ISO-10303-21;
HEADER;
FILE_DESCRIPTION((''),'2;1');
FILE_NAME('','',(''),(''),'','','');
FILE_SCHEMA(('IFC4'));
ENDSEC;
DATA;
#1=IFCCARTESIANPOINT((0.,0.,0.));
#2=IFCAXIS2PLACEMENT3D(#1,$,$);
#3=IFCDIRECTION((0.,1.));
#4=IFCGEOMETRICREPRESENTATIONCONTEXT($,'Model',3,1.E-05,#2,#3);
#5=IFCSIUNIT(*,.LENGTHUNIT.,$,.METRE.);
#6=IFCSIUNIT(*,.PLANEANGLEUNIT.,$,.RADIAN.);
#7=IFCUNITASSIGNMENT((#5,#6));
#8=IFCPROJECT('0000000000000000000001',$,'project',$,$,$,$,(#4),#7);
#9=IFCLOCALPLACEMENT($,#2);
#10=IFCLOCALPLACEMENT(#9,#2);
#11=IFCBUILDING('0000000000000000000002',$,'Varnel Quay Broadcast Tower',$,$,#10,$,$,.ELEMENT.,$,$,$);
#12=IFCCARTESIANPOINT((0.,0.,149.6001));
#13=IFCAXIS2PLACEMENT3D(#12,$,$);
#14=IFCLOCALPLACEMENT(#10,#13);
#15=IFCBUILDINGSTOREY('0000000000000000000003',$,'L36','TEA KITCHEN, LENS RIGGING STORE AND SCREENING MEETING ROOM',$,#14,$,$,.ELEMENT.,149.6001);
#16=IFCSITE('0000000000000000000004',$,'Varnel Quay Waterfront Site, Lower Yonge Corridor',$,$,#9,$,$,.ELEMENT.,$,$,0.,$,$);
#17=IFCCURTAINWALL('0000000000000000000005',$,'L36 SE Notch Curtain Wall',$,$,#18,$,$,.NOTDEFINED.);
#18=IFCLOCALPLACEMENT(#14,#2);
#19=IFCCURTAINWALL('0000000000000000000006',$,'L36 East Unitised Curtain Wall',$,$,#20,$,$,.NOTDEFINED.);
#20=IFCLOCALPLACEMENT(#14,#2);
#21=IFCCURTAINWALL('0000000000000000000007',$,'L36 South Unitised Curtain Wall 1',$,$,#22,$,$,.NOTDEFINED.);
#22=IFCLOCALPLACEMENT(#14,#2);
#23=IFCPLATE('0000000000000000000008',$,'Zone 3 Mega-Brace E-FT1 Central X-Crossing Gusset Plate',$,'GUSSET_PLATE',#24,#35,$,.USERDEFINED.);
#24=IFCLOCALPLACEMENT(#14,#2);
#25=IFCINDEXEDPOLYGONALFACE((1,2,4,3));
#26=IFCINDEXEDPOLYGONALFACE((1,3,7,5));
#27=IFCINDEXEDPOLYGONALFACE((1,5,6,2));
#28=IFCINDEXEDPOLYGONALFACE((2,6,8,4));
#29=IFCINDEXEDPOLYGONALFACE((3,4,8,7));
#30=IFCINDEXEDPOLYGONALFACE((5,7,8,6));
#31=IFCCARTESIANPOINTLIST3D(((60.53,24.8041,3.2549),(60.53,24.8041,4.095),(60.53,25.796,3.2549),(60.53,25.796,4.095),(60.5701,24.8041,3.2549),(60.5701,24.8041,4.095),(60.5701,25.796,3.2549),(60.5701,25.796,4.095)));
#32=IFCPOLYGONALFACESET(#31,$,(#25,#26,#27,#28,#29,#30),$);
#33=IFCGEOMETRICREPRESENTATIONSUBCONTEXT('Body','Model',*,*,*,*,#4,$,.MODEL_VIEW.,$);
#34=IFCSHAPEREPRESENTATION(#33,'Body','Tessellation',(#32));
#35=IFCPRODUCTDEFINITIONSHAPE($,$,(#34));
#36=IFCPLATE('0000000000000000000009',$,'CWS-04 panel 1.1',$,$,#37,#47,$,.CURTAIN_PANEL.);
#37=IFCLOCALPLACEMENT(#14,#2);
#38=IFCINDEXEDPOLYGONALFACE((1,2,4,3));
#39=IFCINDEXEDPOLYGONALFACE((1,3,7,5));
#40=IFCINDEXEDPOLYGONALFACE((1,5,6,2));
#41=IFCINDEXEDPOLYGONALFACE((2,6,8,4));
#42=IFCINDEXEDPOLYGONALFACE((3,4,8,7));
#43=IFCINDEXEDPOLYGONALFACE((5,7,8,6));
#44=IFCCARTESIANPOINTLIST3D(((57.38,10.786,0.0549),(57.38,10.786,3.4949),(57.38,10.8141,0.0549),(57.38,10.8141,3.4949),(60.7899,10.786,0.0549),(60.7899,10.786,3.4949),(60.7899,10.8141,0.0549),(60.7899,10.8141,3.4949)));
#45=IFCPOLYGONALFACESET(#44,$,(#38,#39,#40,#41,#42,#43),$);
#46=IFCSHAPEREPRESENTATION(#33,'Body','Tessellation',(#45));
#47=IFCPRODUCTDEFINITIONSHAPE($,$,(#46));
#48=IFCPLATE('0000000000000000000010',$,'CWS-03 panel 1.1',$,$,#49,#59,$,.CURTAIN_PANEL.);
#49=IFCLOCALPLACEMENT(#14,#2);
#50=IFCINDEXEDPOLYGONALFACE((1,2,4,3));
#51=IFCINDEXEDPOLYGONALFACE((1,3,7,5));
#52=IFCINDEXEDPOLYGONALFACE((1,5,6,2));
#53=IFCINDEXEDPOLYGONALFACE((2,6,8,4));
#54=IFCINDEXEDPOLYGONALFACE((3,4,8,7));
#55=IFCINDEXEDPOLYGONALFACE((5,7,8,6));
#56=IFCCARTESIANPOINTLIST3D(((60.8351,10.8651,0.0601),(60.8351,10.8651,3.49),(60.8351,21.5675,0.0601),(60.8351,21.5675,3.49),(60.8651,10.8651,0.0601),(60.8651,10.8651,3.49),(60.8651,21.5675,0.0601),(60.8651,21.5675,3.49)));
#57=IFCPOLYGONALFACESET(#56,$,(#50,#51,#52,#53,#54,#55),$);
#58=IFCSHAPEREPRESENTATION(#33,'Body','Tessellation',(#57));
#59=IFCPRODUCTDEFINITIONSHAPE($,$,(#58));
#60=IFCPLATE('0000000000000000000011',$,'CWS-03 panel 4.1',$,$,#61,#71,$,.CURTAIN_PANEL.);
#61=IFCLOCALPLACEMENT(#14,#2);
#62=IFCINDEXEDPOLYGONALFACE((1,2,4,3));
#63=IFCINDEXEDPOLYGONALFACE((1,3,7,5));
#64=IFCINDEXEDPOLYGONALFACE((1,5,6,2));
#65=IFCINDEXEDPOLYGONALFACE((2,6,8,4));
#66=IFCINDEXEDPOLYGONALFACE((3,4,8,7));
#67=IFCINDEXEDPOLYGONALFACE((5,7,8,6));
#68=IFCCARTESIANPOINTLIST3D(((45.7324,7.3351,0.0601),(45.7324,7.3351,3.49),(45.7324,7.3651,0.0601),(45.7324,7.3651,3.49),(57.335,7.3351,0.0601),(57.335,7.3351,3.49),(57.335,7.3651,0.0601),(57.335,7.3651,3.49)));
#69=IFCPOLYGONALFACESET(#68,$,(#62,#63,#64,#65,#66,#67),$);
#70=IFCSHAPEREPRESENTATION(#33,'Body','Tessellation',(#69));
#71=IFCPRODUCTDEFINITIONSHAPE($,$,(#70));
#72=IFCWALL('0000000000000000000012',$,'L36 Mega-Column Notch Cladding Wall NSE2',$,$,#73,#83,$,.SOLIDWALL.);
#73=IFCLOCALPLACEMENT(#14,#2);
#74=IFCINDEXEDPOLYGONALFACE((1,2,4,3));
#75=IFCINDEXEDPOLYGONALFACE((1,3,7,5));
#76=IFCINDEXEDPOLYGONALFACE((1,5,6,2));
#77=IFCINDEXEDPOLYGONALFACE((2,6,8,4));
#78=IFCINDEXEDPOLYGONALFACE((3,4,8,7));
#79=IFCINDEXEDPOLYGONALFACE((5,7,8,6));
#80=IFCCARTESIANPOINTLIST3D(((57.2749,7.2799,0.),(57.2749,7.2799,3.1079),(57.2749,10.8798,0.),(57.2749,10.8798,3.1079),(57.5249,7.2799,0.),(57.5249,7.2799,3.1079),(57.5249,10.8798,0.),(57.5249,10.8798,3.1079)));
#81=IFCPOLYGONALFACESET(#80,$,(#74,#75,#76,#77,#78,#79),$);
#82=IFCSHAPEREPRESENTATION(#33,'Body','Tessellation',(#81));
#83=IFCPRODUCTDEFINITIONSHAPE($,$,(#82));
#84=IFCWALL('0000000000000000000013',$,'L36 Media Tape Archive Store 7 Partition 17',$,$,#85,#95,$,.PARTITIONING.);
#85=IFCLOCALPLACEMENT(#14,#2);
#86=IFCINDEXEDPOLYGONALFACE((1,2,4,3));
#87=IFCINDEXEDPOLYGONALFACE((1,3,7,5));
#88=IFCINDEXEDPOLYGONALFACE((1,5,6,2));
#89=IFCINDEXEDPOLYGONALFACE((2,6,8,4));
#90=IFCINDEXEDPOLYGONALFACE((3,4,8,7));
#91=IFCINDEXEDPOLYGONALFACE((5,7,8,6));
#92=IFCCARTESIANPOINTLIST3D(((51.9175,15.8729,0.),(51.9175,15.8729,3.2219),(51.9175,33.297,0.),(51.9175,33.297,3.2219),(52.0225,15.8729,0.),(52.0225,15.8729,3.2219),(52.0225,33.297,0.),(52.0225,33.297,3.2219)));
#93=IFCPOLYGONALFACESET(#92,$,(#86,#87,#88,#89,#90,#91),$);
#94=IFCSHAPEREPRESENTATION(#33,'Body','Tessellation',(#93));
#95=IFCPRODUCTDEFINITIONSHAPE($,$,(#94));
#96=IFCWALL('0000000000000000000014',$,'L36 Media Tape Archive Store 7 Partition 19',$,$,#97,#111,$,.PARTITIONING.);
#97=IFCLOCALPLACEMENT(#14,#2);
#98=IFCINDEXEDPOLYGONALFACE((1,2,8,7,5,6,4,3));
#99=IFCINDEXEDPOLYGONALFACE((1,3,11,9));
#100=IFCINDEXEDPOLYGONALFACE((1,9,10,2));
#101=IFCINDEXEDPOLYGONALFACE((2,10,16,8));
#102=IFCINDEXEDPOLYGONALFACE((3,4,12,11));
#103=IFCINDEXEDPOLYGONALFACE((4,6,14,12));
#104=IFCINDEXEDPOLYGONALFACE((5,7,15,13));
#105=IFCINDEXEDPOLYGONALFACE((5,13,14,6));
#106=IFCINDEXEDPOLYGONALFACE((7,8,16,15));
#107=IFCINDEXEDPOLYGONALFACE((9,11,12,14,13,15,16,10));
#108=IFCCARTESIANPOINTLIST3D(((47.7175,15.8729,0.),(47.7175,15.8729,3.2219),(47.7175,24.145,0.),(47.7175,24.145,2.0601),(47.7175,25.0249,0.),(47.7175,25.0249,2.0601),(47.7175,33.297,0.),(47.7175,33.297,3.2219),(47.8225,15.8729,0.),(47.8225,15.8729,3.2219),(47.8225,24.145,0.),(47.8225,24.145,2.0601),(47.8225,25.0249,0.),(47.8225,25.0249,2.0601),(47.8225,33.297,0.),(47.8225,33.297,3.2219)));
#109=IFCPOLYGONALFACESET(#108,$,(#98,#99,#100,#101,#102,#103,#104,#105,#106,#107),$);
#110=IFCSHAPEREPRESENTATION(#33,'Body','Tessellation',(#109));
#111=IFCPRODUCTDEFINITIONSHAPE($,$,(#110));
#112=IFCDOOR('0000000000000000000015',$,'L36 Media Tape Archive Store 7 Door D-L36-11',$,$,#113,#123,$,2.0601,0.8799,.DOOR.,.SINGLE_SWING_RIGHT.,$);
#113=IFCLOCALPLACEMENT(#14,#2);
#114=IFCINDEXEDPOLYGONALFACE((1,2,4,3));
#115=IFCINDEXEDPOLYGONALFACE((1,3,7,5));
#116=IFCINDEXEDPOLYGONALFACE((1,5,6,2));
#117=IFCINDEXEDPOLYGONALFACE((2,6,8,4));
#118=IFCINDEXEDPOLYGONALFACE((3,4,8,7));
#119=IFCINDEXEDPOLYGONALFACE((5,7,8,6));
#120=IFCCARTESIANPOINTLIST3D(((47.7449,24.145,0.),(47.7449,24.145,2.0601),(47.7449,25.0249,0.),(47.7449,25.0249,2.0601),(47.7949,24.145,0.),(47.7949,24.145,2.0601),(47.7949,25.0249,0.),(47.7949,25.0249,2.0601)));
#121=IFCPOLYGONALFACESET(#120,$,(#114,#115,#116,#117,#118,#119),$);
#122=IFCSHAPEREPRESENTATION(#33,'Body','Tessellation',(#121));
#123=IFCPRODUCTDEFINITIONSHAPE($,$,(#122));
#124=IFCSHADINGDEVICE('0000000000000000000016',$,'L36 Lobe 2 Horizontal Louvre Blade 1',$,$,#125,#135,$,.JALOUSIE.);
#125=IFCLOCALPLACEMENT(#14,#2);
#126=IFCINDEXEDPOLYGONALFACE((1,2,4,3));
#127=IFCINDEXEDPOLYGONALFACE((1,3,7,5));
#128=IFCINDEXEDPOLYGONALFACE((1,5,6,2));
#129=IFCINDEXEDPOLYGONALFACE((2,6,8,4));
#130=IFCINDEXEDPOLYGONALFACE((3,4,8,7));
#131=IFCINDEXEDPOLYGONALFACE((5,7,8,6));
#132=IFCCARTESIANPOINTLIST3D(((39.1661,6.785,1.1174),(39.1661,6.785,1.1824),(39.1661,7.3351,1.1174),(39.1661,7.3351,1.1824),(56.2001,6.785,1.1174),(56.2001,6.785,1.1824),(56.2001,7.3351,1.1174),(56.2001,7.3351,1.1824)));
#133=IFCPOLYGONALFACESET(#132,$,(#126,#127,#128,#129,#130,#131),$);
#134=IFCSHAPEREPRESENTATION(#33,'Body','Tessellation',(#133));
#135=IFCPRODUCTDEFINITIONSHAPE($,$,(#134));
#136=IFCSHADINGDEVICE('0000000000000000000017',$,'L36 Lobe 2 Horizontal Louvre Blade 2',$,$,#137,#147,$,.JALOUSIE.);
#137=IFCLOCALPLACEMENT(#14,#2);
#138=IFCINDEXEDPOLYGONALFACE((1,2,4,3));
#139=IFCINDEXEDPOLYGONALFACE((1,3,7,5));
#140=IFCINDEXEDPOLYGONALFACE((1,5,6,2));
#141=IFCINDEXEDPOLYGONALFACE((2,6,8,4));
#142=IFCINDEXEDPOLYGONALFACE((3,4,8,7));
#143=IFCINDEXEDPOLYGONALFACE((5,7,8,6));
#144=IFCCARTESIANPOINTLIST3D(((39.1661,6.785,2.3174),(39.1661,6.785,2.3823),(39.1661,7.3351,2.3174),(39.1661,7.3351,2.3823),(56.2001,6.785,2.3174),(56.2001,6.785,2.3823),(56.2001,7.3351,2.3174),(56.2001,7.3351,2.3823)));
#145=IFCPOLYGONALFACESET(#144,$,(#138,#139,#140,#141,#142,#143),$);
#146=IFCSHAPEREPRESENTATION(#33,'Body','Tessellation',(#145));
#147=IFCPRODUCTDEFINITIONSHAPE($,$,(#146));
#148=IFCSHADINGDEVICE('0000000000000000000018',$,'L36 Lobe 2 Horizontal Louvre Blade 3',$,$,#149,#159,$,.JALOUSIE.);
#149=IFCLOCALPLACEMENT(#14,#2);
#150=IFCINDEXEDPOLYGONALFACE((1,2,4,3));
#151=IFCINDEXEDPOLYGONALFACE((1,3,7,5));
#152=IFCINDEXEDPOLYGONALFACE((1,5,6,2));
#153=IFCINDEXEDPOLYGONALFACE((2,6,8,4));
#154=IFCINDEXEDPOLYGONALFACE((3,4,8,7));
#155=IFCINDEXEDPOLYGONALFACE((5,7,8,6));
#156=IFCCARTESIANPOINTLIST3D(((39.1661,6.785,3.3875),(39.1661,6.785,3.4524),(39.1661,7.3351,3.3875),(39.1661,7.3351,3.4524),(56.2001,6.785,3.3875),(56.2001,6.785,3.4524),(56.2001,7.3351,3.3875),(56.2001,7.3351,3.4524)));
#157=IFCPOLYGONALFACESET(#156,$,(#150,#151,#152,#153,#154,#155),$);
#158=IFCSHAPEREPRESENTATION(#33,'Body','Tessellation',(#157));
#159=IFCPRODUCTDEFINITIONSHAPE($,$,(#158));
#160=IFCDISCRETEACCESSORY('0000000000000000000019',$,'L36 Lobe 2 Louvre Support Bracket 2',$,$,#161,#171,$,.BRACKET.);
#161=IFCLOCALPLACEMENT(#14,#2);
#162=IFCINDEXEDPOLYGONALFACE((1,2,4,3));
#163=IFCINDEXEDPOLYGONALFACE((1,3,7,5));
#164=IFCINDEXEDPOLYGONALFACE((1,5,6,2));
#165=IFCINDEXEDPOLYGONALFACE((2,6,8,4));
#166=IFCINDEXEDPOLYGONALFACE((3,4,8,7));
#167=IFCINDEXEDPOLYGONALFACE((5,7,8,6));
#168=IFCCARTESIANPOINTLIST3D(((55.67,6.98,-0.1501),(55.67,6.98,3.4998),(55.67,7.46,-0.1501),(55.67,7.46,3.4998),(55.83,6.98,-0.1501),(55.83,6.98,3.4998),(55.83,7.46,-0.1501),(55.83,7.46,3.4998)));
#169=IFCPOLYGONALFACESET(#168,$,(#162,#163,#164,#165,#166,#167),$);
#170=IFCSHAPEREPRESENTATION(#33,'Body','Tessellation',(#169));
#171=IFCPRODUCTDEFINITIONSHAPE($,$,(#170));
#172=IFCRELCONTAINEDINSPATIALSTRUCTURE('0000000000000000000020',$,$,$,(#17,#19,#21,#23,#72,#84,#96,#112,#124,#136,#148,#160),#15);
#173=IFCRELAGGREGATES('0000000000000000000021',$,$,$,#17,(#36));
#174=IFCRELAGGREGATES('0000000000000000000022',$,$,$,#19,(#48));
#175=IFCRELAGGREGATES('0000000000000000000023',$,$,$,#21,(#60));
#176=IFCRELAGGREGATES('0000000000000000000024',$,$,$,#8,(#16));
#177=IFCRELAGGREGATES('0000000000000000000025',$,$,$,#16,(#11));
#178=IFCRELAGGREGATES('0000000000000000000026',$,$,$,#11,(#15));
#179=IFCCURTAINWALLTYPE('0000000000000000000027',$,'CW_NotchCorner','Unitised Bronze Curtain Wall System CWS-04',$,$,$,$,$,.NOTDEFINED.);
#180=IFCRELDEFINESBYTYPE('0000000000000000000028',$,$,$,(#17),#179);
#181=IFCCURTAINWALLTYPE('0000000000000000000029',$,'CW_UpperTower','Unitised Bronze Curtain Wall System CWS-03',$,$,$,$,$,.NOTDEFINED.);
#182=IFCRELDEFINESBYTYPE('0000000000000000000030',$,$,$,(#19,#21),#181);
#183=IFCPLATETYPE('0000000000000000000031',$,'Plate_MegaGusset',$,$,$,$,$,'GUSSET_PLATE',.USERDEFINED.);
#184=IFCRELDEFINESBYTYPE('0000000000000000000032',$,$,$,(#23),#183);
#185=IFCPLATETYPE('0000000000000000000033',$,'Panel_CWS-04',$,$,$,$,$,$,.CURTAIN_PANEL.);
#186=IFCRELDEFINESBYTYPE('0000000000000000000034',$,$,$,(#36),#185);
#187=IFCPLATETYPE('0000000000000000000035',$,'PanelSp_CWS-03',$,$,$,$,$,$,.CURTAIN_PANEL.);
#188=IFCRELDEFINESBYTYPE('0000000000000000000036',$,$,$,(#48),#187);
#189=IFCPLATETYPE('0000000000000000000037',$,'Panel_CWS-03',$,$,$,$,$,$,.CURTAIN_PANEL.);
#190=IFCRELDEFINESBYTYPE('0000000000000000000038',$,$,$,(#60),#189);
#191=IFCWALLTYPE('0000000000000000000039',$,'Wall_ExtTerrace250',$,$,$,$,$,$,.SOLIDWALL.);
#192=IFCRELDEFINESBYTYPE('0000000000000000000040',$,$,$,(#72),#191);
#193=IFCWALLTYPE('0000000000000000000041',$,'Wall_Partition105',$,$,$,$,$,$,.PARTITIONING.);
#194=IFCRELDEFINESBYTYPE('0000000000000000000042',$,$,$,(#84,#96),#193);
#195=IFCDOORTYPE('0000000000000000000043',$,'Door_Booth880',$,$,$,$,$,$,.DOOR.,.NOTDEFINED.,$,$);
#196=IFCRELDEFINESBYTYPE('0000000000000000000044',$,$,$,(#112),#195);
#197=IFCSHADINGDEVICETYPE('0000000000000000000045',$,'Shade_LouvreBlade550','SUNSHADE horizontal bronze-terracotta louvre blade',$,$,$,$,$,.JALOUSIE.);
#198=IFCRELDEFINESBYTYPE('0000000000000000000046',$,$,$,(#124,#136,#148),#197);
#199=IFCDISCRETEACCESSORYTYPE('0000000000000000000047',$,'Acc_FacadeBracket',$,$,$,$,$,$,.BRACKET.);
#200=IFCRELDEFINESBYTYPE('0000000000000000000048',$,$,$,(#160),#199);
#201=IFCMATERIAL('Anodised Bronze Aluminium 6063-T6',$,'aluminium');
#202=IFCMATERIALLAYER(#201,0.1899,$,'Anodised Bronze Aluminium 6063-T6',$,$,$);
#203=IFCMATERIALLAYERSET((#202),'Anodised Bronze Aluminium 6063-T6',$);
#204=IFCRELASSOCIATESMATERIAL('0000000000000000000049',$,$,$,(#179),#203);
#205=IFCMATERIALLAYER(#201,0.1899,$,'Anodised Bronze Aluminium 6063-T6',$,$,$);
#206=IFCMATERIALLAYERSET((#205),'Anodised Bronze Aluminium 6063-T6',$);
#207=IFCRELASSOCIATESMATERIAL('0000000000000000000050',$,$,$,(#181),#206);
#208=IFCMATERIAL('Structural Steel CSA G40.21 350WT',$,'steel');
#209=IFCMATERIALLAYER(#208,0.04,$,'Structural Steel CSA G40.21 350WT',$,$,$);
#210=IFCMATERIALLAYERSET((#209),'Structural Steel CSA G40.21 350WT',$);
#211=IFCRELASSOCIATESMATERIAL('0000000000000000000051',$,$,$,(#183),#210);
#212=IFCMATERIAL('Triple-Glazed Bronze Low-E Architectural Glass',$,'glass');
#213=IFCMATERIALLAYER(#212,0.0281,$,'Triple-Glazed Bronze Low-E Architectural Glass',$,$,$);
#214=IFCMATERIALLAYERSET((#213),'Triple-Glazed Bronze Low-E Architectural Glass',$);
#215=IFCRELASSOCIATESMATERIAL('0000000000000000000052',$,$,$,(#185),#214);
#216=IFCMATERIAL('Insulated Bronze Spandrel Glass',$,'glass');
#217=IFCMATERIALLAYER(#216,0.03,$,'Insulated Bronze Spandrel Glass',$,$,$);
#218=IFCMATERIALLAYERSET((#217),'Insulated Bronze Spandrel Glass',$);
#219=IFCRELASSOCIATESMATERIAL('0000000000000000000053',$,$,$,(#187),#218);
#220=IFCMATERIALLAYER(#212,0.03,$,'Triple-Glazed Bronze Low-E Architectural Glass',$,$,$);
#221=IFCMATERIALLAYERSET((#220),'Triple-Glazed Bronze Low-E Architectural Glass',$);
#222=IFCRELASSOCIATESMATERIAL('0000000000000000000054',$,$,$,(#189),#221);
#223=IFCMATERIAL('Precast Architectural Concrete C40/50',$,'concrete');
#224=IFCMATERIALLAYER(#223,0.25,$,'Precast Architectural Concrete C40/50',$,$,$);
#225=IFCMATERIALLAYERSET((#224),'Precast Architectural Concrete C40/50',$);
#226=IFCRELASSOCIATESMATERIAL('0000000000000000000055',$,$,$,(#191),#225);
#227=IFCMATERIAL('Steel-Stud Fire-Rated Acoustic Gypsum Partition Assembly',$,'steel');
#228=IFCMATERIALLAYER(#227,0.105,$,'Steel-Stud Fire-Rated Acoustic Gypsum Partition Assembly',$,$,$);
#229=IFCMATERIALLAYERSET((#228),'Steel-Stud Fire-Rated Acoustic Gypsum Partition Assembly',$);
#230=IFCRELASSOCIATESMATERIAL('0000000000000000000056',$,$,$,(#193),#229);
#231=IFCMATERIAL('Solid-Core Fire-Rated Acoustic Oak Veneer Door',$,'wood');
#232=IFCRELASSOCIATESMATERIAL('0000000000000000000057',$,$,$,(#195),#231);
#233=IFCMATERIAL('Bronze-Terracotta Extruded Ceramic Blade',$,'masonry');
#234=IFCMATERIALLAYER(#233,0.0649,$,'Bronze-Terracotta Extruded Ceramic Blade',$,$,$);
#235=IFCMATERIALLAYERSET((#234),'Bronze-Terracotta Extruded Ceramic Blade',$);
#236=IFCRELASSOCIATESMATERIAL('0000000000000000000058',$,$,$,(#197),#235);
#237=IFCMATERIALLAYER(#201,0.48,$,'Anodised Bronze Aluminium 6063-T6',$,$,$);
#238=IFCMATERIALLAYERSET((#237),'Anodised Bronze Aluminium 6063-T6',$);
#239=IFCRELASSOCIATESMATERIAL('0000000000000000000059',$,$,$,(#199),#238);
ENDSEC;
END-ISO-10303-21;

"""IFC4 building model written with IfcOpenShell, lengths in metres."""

from ifc_helpers import new_model, si_unit, direction, frame, frame_2d, origin, origin_2d, place, context, subcontext, project, spatial, rectangle, extrude, source, transform, mapped, material, layer, layer_set, type_object, type_shapes, element, fill, aggregate, save


model = new_model("IFC4")

# Units and contexts
model_context = context("Model", 3, precision=1e-05, world=origin(), true_north=direction((0.0, 1.0)))
body_context = subcontext(model_context, "Body", "Model", "MODEL_VIEW")
ifc_project = project(units=[si_unit("LENGTHUNIT", "METRE"), si_unit("PLANEANGLEUNIT", "RADIAN")], contexts=[model_context])

# Site, building, storey
site_placement = place(None, origin())
site = spatial("IfcSite", under=ifc_project, at=site_placement, Name="Varnel Quay Waterfront Site, Lower Yonge Corridor", CompositionType="ELEMENT", RefElevation=0.0)
building_placement = place(site_placement, origin())
building = spatial("IfcBuilding", under=site, at=building_placement, Name="Varnel Quay Broadcast Tower", CompositionType="ELEMENT")
storey_placement = place(building_placement, frame((0.0, 0.0, 149.6001)))
storey = spatial("IfcBuildingStorey", under=building, at=storey_placement, Name="L36", Description="TEA KITCHEN, LENS RIGGING STORE AND SCREENING MEETING ROOM", CompositionType="ELEMENT", Elevation=149.6001)

# Shared definitions
ifc_material_1 = material(Name="Structural Steel CSA G40.21 350WT", Category="steel")

# Curtain walls
ifc_material_2 = material(Name="Anodised Bronze Aluminium 6063-T6", Category="aluminium")
ifc_layer_1 = layer(ifc_material_2, 0.1899, Name="Anodised Bronze Aluminium 6063-T6")
ifc_layer_set_1 = layer_set([ifc_layer_1], Name="Anodised Bronze Aluminium 6063-T6")
curtain_wall_type_1 = type_object("IfcCurtainWallType", Name="CW_NotchCorner", Description="Unitised Bronze Curtain Wall System CWS-04", PredefinedType="NOTDEFINED", material=ifc_layer_set_1)
curtain_wall_1_placement = place(storey_placement, origin())
curtain_wall_1 = element("IfcCurtainWall", 1, at=curtain_wall_1_placement, inside=storey, type_object=curtain_wall_type_1, Name="L36 SE Notch Curtain Wall", PredefinedType="NOTDEFINED")
ifc_layer_2 = layer(ifc_material_2, 0.1899, Name="Anodised Bronze Aluminium 6063-T6")
ifc_layer_set_2 = layer_set([ifc_layer_2], Name="Anodised Bronze Aluminium 6063-T6")
curtain_wall_type_2 = type_object("IfcCurtainWallType", Name="CW_UpperTower", Description="Unitised Bronze Curtain Wall System CWS-03", PredefinedType="NOTDEFINED", material=ifc_layer_set_2)
curtain_wall_2_placement = place(storey_placement, origin())
curtain_wall_2 = element("IfcCurtainWall", 2, at=curtain_wall_2_placement, inside=storey, type_object=curtain_wall_type_2, Name="L36 East Unitised Curtain Wall", PredefinedType="NOTDEFINED")

# Curtain wall
curtain_wall_3_placement = place(storey_placement, origin())
curtain_wall_3 = element("IfcCurtainWall", 3, at=curtain_wall_3_placement, inside=storey, type_object=curtain_wall_type_2, Name="L36 South Unitised Curtain Wall 1", PredefinedType="NOTDEFINED")

# Plates
ifc_layer_3 = layer(ifc_material_1, 0.04, Name="Structural Steel CSA G40.21 350WT")
ifc_layer_set_3 = layer_set([ifc_layer_3], Name="Structural Steel CSA G40.21 350WT")
plate_type_1 = type_object("IfcPlateType", Name="Plate_MegaGusset", ElementType="GUSSET_PLATE", PredefinedType="USERDEFINED", material=ifc_layer_set_3)
shared_shape_1 = source(origin(), body_context, "Body", "SweptSolid", [
    extrude(rectangle(XDim=0.9919, YDim=0.04, at=origin_2d()), origin(), (0.0, 0.0, 1.0), 0.8401),
])
type_shapes(plate_type_1, [shared_shape_1])
plate_1_placement = place(storey_placement, frame((60.55, 25.3, 3.2549), z_axis=(0.0, 0.0, 1.0), x_axis=(0.0, 1.0, 0.0)))
element("IfcPlate", 4, at=plate_1_placement, inside=storey, type_object=plate_type_1, Name="Zone 3 Mega-Brace E-FT1 Central X-Crossing Gusset Plate", ObjectType="GUSSET_PLATE", PredefinedType="USERDEFINED", context=body_context, shape_type="MappedRepresentation", body=[
    mapped(shared_shape_1, transform((0.0, 0.0, 0.0), x_axis=(1.0, 0.0, 0.0), y_axis=(0.0, 1.0, 0.0), z_axis=(0.0, 0.0, 1.0), scale=1.0)),
])
ifc_material_3 = material(Name="Triple-Glazed Bronze Low-E Architectural Glass", Category="glass")
ifc_layer_4 = layer(ifc_material_3, 0.0281, Name="Triple-Glazed Bronze Low-E Architectural Glass")
ifc_layer_set_4 = layer_set([ifc_layer_4], Name="Triple-Glazed Bronze Low-E Architectural Glass")
plate_type_2 = type_object("IfcPlateType", Name="Panel_CWS-04", PredefinedType="CURTAIN_PANEL", material=ifc_layer_set_4)
shared_shape_2 = source(origin(), body_context, "Body", "SweptSolid", [
    extrude(rectangle(XDim=3.4099, YDim=0.0281, at=origin_2d()), origin(), (0.0, 0.0, 1.0), 3.4399),
])
type_shapes(plate_type_2, [shared_shape_2])
plate_2_placement = place(storey_placement, frame((59.085, 10.8, 0.0549), z_axis=(0.0, 0.0, 1.0), x_axis=(1.0, 0.0, 0.0)))
plate_2 = element("IfcPlate", 5, at=plate_2_placement, type_object=plate_type_2, Name="CWS-04 panel 1.1", PredefinedType="CURTAIN_PANEL", context=body_context, shape_type="MappedRepresentation", body=[
    mapped(shared_shape_2, transform((0.0, 0.0, 0.0), x_axis=(1.0, 0.0, 0.0), y_axis=(0.0, 1.0, 0.0), z_axis=(0.0, 0.0, 1.0), scale=1.0)),
])
aggregate(curtain_wall_1, [plate_2])
ifc_material_4 = material(Name="Insulated Bronze Spandrel Glass", Category="glass")
ifc_layer_5 = layer(ifc_material_4, 0.03, Name="Insulated Bronze Spandrel Glass")
ifc_layer_set_5 = layer_set([ifc_layer_5], Name="Insulated Bronze Spandrel Glass")
plate_type_3 = type_object("IfcPlateType", Name="PanelSp_CWS-03", PredefinedType="CURTAIN_PANEL", material=ifc_layer_set_5)
shared_shape_3 = source(origin(), body_context, "Body", "SweptSolid", [
    extrude(rectangle(XDim=10.7024, YDim=0.03, at=origin_2d()), origin(), (0.0, 0.0, 1.0), 3.4299),
])
type_shapes(plate_type_3, [shared_shape_3])
plate_3_placement = place(storey_placement, frame((60.8501, 16.2163, 0.0601), z_axis=(0.0, 0.0, 1.0), x_axis=(0.0, 1.0, 0.0)))
plate_3 = element("IfcPlate", 6, at=plate_3_placement, type_object=plate_type_3, Name="CWS-03 panel 1.1", PredefinedType="CURTAIN_PANEL", context=body_context, shape_type="MappedRepresentation", body=[
    mapped(shared_shape_3, transform((0.0, 0.0, 0.0), x_axis=(1.0, 0.0, 0.0), y_axis=(0.0, 1.0, 0.0), z_axis=(0.0, 0.0, 1.0), scale=1.0)),
])
aggregate(curtain_wall_2, [plate_3])
ifc_layer_6 = layer(ifc_material_3, 0.03, Name="Triple-Glazed Bronze Low-E Architectural Glass")
ifc_layer_set_6 = layer_set([ifc_layer_6], Name="Triple-Glazed Bronze Low-E Architectural Glass")
plate_type_4 = type_object("IfcPlateType", Name="Panel_CWS-03", PredefinedType="CURTAIN_PANEL", material=ifc_layer_set_6)
shared_shape_4 = source(origin(), body_context, "Body", "SweptSolid", [
    extrude(rectangle(XDim=11.6025, YDim=0.03, at=origin_2d()), origin(), (0.0, 0.0, 1.0), 3.4299),
])
type_shapes(plate_type_4, [shared_shape_4])
plate_4_placement = place(storey_placement, frame((51.5337, 7.3501, 0.0601), z_axis=(0.0, 0.0, 1.0), x_axis=(1.0, 0.0, 0.0)))
plate_4 = element("IfcPlate", 7, at=plate_4_placement, type_object=plate_type_4, Name="CWS-03 panel 4.1", PredefinedType="CURTAIN_PANEL", context=body_context, shape_type="MappedRepresentation", body=[
    mapped(shared_shape_4, transform((0.0, 0.0, 0.0), x_axis=(1.0, 0.0, 0.0), y_axis=(0.0, 1.0, 0.0), z_axis=(0.0, 0.0, 1.0), scale=1.0)),
])
aggregate(curtain_wall_3, [plate_4])

# Walls
ifc_material_5 = material(Name="Precast Architectural Concrete C40/50", Category="concrete")
ifc_layer_7 = layer(ifc_material_5, 0.25, Name="Precast Architectural Concrete C40/50")
ifc_layer_set_7 = layer_set([ifc_layer_7], Name="Precast Architectural Concrete C40/50")
wall_type_1 = type_object("IfcWallType", Name="Wall_ExtTerrace250", PredefinedType="SOLIDWALL", material=ifc_layer_set_7)
wall_1_placement = place(storey_placement, frame((57.3999, 7.28, 0.0), z_axis=(0.0, 0.0, 1.0), x_axis=(0.0, 1.0, 0.0)))
element("IfcWall", 8, at=wall_1_placement, inside=storey, type_object=wall_type_1, Name="L36 Mega-Column Notch Cladding Wall NSE2", PredefinedType="SOLIDWALL", context=body_context, shape_type="SweptSolid", body=[
    extrude(rectangle(XDim=3.5999, YDim=0.25, at=frame_2d((1.7998, 0.0))), origin(), (0.0, 0.0, 1.0), 3.1079),
])
ifc_material_6 = material(Name="Steel-Stud Fire-Rated Acoustic Gypsum Partition Assembly", Category="steel")
ifc_layer_8 = layer(ifc_material_6, 0.105, Name="Steel-Stud Fire-Rated Acoustic Gypsum Partition Assembly")
ifc_layer_set_8 = layer_set([ifc_layer_8], Name="Steel-Stud Fire-Rated Acoustic Gypsum Partition Assembly")
wall_type_2 = type_object("IfcWallType", Name="Wall_Partition105", PredefinedType="PARTITIONING", material=ifc_layer_set_8)
wall_2_placement = place(storey_placement, frame((51.97, 15.873, 0.0), z_axis=(0.0, 0.0, 1.0), x_axis=(0.0, 1.0, 0.0)))
element("IfcWall", 9, at=wall_2_placement, inside=storey, type_object=wall_type_2, Name="L36 Media Tape Archive Store 7 Partition 17", PredefinedType="PARTITIONING", context=body_context, shape_type="SweptSolid", body=[
    extrude(rectangle(XDim=17.4241, YDim=0.105, at=frame_2d((8.7119, 0.0))), origin(), (0.0, 0.0, 1.0), 3.2219),
])

# Wall, opening, door
wall_3_placement = place(storey_placement, frame((47.77, 15.873, 0.0), z_axis=(0.0, 0.0, 1.0), x_axis=(0.0, 1.0, 0.0)))
wall_3 = element("IfcWall", 10, at=wall_3_placement, inside=storey, type_object=wall_type_2, Name="L36 Media Tape Archive Store 7 Partition 19", PredefinedType="PARTITIONING", context=body_context, shape_type="SweptSolid", body=[
    extrude(rectangle(XDim=17.4241, YDim=0.105, at=frame_2d((8.7119, 0.0))), origin(), (0.0, 0.0, 1.0), 3.2219),
])
opening_placement = place(wall_3_placement, frame((8.272, 0.0, 0.0)))
opening = element("IfcOpeningElement", 11, at=opening_placement, cuts=wall_3, PredefinedType="OPENING", context=body_context, shape_type="SweptSolid", body=[
    extrude(rectangle(XDim=0.8799, YDim=2.0601, at=frame_2d((0.4399, 1.03))), frame((0.0, 0.0625, 0.0), z_axis=(0.0, -1.0, 0.0), x_axis=(1.0, 0.0, 0.0)), (0.0, 0.0, 1.0), 0.125),
])
ifc_material_7 = material(Name="Solid-Core Fire-Rated Acoustic Oak Veneer Door", Category="wood")
door_type = type_object("IfcDoorType", Name="Door_Booth880", OperationType="NOTDEFINED", PredefinedType="DOOR", material=ifc_material_7)
shared_shape_5 = source(origin(), body_context, "Body", "SweptSolid", [
    extrude(rectangle(XDim=0.8799, YDim=2.0601, at=frame_2d((0.4399, 1.03))), frame((0.0, 0.0249, 0.0), z_axis=(0.0, -1.0, 0.0), x_axis=(1.0, 0.0, 0.0)), (0.0, 0.0, 1.0), 0.05),
])
type_shapes(door_type, [shared_shape_5])
door_placement = place(opening_placement, frame((0.8799, 0.0, 0.0), z_axis=(0.0, 0.0, 1.0), x_axis=(-1.0, 0.0, 0.0)))
door = element("IfcDoor", 12, at=door_placement, inside=storey, type_object=door_type, Name="L36 Media Tape Archive Store 7 Door D-L36-11", OperationType="SINGLE_SWING_RIGHT", OverallHeight=2.0601, OverallWidth=0.8799, PredefinedType="DOOR", context=body_context, shape_type="MappedRepresentation", body=[
    mapped(shared_shape_5, transform((0.0, 0.0, 0.0), x_axis=(1.0, 0.0, 0.0), y_axis=(0.0, 1.0, 0.0), z_axis=(0.0, 0.0, 1.0), scale=1.0)),
])
fill(opening, door)

# Shading devices
ifc_material_8 = material(Name="Bronze-Terracotta Extruded Ceramic Blade", Category="masonry")
ifc_layer_9 = layer(ifc_material_8, 0.0649, Name="Bronze-Terracotta Extruded Ceramic Blade")
ifc_layer_set_9 = layer_set([ifc_layer_9], Name="Bronze-Terracotta Extruded Ceramic Blade")
shading_device_type = type_object("IfcShadingDeviceType", Name="Shade_LouvreBlade550", Description="SUNSHADE horizontal bronze-terracotta louvre blade", PredefinedType="JALOUSIE", material=ifc_layer_set_9)
shared_shape_6 = source(origin(), body_context, "Body", "SweptSolid", [
    extrude(rectangle(XDim=17.0339, YDim=0.55, at=origin_2d()), origin(), (0.0, 0.0, 1.0), 0.0649),
])
type_shapes(shading_device_type, [shared_shape_6])
for number, where, z_axis, x_axis, name in (
    (13, (47.6831, 7.0601, 1.1174), (0.0, 0.0, 1.0), (1.0, 0.0, 0.0), "L36 Lobe 2 Horizontal Louvre Blade 1"),
    (14, (47.6831, 7.0601, 2.3174), (0.0, 0.0, 1.0), (1.0, 0.0, 0.0), "L36 Lobe 2 Horizontal Louvre Blade 2"),
    (15, (47.6831, 7.0601, 3.3875), (0.0, 0.0, 1.0), (1.0, 0.0, 0.0), "L36 Lobe 2 Horizontal Louvre Blade 3"),
):
    element("IfcShadingDevice", number, at=place(storey_placement, frame(where, z_axis=z_axis, x_axis=x_axis)), inside=storey, type_object=shading_device_type, Name=name, PredefinedType="JALOUSIE", context=body_context, shape_type="MappedRepresentation", body=[
        mapped(shared_shape_6, transform((0.0, 0.0, 0.0), x_axis=(1.0, 0.0, 0.0), y_axis=(0.0, 1.0, 0.0), z_axis=(0.0, 0.0, 1.0), scale=1.0)),
    ])

# Discrete accessory
ifc_layer_10 = layer(ifc_material_2, 0.48, Name="Anodised Bronze Aluminium 6063-T6")
ifc_layer_set_10 = layer_set([ifc_layer_10], Name="Anodised Bronze Aluminium 6063-T6")
discrete_accessory_type = type_object("IfcDiscreteAccessoryType", Name="Acc_FacadeBracket", PredefinedType="BRACKET", material=ifc_layer_set_10)
shared_shape_7 = source(origin(), body_context, "Body", "SweptSolid", [
    extrude(rectangle(XDim=0.1599, YDim=0.48, at=origin_2d()), origin(), (0.0, 0.0, 1.0), 3.6499),
])
type_shapes(discrete_accessory_type, [shared_shape_7])
discrete_accessory_placement = place(storey_placement, frame((55.75, 7.22, -0.1501), z_axis=(0.0, 0.0, 1.0), x_axis=(1.0, 0.0, 0.0)))
element("IfcDiscreteAccessory", 16, at=discrete_accessory_placement, inside=storey, type_object=discrete_accessory_type, Name="L36 Lobe 2 Louvre Support Bracket 2", PredefinedType="BRACKET", context=body_context, shape_type="MappedRepresentation", body=[
    mapped(shared_shape_7, transform((0.0, 0.0, 0.0), x_axis=(1.0, 0.0, 0.0), y_axis=(0.0, 1.0, 0.0), z_axis=(0.0, 0.0, 1.0), scale=1.0)),
])

save(model, "model.ifc")
